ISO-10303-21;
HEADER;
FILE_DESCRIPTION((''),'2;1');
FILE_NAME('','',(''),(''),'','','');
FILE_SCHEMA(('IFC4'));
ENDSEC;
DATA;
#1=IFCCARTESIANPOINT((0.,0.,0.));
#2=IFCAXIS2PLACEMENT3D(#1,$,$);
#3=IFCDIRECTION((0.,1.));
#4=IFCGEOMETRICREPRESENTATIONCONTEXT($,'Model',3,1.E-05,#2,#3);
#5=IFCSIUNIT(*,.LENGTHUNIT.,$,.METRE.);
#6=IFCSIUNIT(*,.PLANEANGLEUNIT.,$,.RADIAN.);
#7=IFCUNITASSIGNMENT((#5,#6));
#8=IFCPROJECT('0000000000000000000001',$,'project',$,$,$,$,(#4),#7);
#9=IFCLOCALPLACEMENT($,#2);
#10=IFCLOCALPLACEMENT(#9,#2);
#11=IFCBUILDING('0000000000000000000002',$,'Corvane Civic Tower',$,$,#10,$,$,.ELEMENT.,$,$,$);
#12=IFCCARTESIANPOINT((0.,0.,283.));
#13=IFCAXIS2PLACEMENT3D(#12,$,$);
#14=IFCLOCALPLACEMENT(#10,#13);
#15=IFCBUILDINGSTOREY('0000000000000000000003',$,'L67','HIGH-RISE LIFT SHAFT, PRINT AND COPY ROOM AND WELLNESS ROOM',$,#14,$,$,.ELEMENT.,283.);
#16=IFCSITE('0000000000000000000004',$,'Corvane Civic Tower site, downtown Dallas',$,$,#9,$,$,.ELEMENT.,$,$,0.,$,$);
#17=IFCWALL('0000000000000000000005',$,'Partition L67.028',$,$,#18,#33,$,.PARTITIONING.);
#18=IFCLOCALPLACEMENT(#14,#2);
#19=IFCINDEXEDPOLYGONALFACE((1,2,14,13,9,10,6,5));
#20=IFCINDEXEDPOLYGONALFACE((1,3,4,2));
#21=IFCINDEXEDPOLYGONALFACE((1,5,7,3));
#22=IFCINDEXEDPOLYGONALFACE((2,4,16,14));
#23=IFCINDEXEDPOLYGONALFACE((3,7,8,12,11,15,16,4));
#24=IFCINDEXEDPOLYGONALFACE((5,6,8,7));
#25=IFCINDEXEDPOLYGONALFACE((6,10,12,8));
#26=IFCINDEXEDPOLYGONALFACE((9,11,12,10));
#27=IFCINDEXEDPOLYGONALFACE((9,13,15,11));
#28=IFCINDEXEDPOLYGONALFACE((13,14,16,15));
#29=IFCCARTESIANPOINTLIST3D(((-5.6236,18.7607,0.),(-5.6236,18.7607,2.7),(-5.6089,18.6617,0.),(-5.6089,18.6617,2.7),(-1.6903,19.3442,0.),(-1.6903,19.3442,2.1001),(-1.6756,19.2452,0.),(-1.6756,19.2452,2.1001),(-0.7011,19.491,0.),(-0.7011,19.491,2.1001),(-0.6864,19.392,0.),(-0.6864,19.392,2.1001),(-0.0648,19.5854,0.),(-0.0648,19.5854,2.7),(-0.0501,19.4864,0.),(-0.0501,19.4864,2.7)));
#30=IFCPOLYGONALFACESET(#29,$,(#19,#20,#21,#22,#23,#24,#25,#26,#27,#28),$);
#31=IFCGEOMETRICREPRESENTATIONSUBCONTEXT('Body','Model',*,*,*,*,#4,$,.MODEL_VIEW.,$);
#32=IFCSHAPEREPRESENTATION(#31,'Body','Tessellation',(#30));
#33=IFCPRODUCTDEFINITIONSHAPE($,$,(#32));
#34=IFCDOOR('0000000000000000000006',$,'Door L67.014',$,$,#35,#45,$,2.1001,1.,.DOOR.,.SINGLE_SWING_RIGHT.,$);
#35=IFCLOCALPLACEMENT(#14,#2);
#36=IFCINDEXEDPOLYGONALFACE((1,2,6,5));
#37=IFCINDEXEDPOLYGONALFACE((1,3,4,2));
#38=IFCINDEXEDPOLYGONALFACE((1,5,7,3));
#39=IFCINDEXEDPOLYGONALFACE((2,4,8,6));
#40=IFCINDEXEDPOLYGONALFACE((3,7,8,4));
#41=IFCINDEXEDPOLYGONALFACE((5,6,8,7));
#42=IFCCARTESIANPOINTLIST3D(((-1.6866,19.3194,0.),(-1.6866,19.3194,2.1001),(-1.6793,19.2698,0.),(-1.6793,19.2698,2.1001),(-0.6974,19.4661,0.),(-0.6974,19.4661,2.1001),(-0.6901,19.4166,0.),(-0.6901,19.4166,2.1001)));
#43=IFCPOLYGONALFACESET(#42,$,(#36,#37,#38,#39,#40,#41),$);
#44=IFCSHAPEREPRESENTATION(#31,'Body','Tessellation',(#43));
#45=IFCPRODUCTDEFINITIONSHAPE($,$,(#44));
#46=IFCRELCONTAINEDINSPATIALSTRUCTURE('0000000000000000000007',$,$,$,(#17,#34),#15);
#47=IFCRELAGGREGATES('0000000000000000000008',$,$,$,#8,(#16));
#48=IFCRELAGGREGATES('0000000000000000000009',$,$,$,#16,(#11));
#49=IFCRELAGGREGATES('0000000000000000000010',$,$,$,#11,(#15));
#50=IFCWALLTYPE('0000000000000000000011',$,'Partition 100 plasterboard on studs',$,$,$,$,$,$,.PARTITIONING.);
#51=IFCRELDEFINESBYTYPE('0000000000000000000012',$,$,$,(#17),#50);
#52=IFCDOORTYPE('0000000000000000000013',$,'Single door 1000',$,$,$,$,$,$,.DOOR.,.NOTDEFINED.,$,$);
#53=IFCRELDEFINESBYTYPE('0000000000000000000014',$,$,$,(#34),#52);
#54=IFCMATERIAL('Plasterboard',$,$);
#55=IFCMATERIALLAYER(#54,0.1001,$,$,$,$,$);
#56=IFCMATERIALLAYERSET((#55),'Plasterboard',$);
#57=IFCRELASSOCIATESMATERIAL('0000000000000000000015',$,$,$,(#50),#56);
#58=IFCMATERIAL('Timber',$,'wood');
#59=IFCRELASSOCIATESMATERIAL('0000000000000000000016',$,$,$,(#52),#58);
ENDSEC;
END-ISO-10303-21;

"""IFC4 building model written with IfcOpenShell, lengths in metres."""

from ifc_helpers import new_model, si_unit, direction, frame, frame_2d, origin, place, context, subcontext, project, spatial, rectangle, extrude, material, layer, layer_set, type_object, element, fill, save


model = new_model("IFC4")

# Units and contexts
model_context = context("Model", 3, precision=1e-05, world=origin(), true_north=direction((0.0, 1.0)))
body_context = subcontext(model_context, "Body", "Model", "MODEL_VIEW")
ifc_project = project(units=[si_unit("LENGTHUNIT", "METRE"), si_unit("PLANEANGLEUNIT", "RADIAN")], contexts=[model_context])

# Site, building, storey
site_placement = place(None, origin())
site = spatial("IfcSite", under=ifc_project, at=site_placement, Name="Corvane Civic Tower site, downtown Dallas", CompositionType="ELEMENT", RefElevation=0.0)
building_placement = place(site_placement, origin())
building = spatial("IfcBuilding", under=site, at=building_placement, Name="Corvane Civic Tower", CompositionType="ELEMENT")
storey_placement = place(building_placement, frame((0.0, 0.0, 283.0)))
storey = spatial("IfcBuildingStorey", under=building, at=storey_placement, Name="L67", Description="HIGH-RISE LIFT SHAFT, PRINT AND COPY ROOM AND WELLNESS ROOM", CompositionType="ELEMENT", Elevation=283.0)

# Wall, opening, door
ifc_material_1 = material(Name="Plasterboard")
ifc_layer_1 = layer(ifc_material_1, 0.1001)
ifc_layer_set_1 = layer_set([ifc_layer_1], Name="Plasterboard")
wall_type = type_object("IfcWallType", Name="Partition 100 plasterboard on studs", PredefinedType="PARTITIONING", material=ifc_layer_set_1)
ifc_material_2 = material(Name="Timber", Category="wood")
door_type = type_object("IfcDoorType", Name="Single door 1000", OperationType="NOTDEFINED", PredefinedType="DOOR", material=ifc_material_2)
wall_1_placement = place(storey_placement, frame((-5.6162, 18.7112, 0.0), z_axis=(0.0, 0.0, 1.0), x_axis=(0.989173, 0.146753, 0.0)))
wall_1 = element("IfcWall", 1, at=wall_1_placement, inside=storey, type_object=wall_type, Name="Partition L67.028", PredefinedType="PARTITIONING", context=body_context, shape_type="SweptSolid", body=[
    extrude(rectangle(XDim=5.6196, YDim=0.1001, at=frame_2d((2.8098, 0.0))), origin(), (0.0, 0.0, 1.0), 2.7),
])
opening_1_placement = place(wall_1_placement, frame((3.9763, 0.0, 0.0)))
opening_1 = element("IfcOpeningElement", 2, at=opening_1_placement, cuts=wall_1, PredefinedType="OPENING", context=body_context, shape_type="SweptSolid", body=[
    extrude(rectangle(XDim=1.0, YDim=2.1001, at=frame_2d((0.5, 1.05))), frame((0.0, 0.0601, 0.0), z_axis=(0.0, -1.0, 0.0), x_axis=(1.0, 0.0, 0.0)), (0.0, 0.0, 1.0), 0.1201),
])
door_1_placement = place(opening_1_placement, origin())
door_1 = element("IfcDoor", 3, at=door_1_placement, inside=storey, type_object=door_type, Name="Door L67.014", OperationType="SINGLE_SWING_RIGHT", OverallHeight=2.1001, OverallWidth=1.0, PredefinedType="DOOR", context=body_context, shape_type="SweptSolid", body=[
    extrude(rectangle(XDim=1.0, YDim=2.1001, at=frame_2d((0.5, 1.05))), frame((0.0, 0.0249, 0.0), z_axis=(0.0, -1.0, 0.0), x_axis=(1.0, 0.0, 0.0)), (0.0, 0.0, 1.0), 0.05),
])
fill(opening_1, door_1)

save(model, "model.ifc")
